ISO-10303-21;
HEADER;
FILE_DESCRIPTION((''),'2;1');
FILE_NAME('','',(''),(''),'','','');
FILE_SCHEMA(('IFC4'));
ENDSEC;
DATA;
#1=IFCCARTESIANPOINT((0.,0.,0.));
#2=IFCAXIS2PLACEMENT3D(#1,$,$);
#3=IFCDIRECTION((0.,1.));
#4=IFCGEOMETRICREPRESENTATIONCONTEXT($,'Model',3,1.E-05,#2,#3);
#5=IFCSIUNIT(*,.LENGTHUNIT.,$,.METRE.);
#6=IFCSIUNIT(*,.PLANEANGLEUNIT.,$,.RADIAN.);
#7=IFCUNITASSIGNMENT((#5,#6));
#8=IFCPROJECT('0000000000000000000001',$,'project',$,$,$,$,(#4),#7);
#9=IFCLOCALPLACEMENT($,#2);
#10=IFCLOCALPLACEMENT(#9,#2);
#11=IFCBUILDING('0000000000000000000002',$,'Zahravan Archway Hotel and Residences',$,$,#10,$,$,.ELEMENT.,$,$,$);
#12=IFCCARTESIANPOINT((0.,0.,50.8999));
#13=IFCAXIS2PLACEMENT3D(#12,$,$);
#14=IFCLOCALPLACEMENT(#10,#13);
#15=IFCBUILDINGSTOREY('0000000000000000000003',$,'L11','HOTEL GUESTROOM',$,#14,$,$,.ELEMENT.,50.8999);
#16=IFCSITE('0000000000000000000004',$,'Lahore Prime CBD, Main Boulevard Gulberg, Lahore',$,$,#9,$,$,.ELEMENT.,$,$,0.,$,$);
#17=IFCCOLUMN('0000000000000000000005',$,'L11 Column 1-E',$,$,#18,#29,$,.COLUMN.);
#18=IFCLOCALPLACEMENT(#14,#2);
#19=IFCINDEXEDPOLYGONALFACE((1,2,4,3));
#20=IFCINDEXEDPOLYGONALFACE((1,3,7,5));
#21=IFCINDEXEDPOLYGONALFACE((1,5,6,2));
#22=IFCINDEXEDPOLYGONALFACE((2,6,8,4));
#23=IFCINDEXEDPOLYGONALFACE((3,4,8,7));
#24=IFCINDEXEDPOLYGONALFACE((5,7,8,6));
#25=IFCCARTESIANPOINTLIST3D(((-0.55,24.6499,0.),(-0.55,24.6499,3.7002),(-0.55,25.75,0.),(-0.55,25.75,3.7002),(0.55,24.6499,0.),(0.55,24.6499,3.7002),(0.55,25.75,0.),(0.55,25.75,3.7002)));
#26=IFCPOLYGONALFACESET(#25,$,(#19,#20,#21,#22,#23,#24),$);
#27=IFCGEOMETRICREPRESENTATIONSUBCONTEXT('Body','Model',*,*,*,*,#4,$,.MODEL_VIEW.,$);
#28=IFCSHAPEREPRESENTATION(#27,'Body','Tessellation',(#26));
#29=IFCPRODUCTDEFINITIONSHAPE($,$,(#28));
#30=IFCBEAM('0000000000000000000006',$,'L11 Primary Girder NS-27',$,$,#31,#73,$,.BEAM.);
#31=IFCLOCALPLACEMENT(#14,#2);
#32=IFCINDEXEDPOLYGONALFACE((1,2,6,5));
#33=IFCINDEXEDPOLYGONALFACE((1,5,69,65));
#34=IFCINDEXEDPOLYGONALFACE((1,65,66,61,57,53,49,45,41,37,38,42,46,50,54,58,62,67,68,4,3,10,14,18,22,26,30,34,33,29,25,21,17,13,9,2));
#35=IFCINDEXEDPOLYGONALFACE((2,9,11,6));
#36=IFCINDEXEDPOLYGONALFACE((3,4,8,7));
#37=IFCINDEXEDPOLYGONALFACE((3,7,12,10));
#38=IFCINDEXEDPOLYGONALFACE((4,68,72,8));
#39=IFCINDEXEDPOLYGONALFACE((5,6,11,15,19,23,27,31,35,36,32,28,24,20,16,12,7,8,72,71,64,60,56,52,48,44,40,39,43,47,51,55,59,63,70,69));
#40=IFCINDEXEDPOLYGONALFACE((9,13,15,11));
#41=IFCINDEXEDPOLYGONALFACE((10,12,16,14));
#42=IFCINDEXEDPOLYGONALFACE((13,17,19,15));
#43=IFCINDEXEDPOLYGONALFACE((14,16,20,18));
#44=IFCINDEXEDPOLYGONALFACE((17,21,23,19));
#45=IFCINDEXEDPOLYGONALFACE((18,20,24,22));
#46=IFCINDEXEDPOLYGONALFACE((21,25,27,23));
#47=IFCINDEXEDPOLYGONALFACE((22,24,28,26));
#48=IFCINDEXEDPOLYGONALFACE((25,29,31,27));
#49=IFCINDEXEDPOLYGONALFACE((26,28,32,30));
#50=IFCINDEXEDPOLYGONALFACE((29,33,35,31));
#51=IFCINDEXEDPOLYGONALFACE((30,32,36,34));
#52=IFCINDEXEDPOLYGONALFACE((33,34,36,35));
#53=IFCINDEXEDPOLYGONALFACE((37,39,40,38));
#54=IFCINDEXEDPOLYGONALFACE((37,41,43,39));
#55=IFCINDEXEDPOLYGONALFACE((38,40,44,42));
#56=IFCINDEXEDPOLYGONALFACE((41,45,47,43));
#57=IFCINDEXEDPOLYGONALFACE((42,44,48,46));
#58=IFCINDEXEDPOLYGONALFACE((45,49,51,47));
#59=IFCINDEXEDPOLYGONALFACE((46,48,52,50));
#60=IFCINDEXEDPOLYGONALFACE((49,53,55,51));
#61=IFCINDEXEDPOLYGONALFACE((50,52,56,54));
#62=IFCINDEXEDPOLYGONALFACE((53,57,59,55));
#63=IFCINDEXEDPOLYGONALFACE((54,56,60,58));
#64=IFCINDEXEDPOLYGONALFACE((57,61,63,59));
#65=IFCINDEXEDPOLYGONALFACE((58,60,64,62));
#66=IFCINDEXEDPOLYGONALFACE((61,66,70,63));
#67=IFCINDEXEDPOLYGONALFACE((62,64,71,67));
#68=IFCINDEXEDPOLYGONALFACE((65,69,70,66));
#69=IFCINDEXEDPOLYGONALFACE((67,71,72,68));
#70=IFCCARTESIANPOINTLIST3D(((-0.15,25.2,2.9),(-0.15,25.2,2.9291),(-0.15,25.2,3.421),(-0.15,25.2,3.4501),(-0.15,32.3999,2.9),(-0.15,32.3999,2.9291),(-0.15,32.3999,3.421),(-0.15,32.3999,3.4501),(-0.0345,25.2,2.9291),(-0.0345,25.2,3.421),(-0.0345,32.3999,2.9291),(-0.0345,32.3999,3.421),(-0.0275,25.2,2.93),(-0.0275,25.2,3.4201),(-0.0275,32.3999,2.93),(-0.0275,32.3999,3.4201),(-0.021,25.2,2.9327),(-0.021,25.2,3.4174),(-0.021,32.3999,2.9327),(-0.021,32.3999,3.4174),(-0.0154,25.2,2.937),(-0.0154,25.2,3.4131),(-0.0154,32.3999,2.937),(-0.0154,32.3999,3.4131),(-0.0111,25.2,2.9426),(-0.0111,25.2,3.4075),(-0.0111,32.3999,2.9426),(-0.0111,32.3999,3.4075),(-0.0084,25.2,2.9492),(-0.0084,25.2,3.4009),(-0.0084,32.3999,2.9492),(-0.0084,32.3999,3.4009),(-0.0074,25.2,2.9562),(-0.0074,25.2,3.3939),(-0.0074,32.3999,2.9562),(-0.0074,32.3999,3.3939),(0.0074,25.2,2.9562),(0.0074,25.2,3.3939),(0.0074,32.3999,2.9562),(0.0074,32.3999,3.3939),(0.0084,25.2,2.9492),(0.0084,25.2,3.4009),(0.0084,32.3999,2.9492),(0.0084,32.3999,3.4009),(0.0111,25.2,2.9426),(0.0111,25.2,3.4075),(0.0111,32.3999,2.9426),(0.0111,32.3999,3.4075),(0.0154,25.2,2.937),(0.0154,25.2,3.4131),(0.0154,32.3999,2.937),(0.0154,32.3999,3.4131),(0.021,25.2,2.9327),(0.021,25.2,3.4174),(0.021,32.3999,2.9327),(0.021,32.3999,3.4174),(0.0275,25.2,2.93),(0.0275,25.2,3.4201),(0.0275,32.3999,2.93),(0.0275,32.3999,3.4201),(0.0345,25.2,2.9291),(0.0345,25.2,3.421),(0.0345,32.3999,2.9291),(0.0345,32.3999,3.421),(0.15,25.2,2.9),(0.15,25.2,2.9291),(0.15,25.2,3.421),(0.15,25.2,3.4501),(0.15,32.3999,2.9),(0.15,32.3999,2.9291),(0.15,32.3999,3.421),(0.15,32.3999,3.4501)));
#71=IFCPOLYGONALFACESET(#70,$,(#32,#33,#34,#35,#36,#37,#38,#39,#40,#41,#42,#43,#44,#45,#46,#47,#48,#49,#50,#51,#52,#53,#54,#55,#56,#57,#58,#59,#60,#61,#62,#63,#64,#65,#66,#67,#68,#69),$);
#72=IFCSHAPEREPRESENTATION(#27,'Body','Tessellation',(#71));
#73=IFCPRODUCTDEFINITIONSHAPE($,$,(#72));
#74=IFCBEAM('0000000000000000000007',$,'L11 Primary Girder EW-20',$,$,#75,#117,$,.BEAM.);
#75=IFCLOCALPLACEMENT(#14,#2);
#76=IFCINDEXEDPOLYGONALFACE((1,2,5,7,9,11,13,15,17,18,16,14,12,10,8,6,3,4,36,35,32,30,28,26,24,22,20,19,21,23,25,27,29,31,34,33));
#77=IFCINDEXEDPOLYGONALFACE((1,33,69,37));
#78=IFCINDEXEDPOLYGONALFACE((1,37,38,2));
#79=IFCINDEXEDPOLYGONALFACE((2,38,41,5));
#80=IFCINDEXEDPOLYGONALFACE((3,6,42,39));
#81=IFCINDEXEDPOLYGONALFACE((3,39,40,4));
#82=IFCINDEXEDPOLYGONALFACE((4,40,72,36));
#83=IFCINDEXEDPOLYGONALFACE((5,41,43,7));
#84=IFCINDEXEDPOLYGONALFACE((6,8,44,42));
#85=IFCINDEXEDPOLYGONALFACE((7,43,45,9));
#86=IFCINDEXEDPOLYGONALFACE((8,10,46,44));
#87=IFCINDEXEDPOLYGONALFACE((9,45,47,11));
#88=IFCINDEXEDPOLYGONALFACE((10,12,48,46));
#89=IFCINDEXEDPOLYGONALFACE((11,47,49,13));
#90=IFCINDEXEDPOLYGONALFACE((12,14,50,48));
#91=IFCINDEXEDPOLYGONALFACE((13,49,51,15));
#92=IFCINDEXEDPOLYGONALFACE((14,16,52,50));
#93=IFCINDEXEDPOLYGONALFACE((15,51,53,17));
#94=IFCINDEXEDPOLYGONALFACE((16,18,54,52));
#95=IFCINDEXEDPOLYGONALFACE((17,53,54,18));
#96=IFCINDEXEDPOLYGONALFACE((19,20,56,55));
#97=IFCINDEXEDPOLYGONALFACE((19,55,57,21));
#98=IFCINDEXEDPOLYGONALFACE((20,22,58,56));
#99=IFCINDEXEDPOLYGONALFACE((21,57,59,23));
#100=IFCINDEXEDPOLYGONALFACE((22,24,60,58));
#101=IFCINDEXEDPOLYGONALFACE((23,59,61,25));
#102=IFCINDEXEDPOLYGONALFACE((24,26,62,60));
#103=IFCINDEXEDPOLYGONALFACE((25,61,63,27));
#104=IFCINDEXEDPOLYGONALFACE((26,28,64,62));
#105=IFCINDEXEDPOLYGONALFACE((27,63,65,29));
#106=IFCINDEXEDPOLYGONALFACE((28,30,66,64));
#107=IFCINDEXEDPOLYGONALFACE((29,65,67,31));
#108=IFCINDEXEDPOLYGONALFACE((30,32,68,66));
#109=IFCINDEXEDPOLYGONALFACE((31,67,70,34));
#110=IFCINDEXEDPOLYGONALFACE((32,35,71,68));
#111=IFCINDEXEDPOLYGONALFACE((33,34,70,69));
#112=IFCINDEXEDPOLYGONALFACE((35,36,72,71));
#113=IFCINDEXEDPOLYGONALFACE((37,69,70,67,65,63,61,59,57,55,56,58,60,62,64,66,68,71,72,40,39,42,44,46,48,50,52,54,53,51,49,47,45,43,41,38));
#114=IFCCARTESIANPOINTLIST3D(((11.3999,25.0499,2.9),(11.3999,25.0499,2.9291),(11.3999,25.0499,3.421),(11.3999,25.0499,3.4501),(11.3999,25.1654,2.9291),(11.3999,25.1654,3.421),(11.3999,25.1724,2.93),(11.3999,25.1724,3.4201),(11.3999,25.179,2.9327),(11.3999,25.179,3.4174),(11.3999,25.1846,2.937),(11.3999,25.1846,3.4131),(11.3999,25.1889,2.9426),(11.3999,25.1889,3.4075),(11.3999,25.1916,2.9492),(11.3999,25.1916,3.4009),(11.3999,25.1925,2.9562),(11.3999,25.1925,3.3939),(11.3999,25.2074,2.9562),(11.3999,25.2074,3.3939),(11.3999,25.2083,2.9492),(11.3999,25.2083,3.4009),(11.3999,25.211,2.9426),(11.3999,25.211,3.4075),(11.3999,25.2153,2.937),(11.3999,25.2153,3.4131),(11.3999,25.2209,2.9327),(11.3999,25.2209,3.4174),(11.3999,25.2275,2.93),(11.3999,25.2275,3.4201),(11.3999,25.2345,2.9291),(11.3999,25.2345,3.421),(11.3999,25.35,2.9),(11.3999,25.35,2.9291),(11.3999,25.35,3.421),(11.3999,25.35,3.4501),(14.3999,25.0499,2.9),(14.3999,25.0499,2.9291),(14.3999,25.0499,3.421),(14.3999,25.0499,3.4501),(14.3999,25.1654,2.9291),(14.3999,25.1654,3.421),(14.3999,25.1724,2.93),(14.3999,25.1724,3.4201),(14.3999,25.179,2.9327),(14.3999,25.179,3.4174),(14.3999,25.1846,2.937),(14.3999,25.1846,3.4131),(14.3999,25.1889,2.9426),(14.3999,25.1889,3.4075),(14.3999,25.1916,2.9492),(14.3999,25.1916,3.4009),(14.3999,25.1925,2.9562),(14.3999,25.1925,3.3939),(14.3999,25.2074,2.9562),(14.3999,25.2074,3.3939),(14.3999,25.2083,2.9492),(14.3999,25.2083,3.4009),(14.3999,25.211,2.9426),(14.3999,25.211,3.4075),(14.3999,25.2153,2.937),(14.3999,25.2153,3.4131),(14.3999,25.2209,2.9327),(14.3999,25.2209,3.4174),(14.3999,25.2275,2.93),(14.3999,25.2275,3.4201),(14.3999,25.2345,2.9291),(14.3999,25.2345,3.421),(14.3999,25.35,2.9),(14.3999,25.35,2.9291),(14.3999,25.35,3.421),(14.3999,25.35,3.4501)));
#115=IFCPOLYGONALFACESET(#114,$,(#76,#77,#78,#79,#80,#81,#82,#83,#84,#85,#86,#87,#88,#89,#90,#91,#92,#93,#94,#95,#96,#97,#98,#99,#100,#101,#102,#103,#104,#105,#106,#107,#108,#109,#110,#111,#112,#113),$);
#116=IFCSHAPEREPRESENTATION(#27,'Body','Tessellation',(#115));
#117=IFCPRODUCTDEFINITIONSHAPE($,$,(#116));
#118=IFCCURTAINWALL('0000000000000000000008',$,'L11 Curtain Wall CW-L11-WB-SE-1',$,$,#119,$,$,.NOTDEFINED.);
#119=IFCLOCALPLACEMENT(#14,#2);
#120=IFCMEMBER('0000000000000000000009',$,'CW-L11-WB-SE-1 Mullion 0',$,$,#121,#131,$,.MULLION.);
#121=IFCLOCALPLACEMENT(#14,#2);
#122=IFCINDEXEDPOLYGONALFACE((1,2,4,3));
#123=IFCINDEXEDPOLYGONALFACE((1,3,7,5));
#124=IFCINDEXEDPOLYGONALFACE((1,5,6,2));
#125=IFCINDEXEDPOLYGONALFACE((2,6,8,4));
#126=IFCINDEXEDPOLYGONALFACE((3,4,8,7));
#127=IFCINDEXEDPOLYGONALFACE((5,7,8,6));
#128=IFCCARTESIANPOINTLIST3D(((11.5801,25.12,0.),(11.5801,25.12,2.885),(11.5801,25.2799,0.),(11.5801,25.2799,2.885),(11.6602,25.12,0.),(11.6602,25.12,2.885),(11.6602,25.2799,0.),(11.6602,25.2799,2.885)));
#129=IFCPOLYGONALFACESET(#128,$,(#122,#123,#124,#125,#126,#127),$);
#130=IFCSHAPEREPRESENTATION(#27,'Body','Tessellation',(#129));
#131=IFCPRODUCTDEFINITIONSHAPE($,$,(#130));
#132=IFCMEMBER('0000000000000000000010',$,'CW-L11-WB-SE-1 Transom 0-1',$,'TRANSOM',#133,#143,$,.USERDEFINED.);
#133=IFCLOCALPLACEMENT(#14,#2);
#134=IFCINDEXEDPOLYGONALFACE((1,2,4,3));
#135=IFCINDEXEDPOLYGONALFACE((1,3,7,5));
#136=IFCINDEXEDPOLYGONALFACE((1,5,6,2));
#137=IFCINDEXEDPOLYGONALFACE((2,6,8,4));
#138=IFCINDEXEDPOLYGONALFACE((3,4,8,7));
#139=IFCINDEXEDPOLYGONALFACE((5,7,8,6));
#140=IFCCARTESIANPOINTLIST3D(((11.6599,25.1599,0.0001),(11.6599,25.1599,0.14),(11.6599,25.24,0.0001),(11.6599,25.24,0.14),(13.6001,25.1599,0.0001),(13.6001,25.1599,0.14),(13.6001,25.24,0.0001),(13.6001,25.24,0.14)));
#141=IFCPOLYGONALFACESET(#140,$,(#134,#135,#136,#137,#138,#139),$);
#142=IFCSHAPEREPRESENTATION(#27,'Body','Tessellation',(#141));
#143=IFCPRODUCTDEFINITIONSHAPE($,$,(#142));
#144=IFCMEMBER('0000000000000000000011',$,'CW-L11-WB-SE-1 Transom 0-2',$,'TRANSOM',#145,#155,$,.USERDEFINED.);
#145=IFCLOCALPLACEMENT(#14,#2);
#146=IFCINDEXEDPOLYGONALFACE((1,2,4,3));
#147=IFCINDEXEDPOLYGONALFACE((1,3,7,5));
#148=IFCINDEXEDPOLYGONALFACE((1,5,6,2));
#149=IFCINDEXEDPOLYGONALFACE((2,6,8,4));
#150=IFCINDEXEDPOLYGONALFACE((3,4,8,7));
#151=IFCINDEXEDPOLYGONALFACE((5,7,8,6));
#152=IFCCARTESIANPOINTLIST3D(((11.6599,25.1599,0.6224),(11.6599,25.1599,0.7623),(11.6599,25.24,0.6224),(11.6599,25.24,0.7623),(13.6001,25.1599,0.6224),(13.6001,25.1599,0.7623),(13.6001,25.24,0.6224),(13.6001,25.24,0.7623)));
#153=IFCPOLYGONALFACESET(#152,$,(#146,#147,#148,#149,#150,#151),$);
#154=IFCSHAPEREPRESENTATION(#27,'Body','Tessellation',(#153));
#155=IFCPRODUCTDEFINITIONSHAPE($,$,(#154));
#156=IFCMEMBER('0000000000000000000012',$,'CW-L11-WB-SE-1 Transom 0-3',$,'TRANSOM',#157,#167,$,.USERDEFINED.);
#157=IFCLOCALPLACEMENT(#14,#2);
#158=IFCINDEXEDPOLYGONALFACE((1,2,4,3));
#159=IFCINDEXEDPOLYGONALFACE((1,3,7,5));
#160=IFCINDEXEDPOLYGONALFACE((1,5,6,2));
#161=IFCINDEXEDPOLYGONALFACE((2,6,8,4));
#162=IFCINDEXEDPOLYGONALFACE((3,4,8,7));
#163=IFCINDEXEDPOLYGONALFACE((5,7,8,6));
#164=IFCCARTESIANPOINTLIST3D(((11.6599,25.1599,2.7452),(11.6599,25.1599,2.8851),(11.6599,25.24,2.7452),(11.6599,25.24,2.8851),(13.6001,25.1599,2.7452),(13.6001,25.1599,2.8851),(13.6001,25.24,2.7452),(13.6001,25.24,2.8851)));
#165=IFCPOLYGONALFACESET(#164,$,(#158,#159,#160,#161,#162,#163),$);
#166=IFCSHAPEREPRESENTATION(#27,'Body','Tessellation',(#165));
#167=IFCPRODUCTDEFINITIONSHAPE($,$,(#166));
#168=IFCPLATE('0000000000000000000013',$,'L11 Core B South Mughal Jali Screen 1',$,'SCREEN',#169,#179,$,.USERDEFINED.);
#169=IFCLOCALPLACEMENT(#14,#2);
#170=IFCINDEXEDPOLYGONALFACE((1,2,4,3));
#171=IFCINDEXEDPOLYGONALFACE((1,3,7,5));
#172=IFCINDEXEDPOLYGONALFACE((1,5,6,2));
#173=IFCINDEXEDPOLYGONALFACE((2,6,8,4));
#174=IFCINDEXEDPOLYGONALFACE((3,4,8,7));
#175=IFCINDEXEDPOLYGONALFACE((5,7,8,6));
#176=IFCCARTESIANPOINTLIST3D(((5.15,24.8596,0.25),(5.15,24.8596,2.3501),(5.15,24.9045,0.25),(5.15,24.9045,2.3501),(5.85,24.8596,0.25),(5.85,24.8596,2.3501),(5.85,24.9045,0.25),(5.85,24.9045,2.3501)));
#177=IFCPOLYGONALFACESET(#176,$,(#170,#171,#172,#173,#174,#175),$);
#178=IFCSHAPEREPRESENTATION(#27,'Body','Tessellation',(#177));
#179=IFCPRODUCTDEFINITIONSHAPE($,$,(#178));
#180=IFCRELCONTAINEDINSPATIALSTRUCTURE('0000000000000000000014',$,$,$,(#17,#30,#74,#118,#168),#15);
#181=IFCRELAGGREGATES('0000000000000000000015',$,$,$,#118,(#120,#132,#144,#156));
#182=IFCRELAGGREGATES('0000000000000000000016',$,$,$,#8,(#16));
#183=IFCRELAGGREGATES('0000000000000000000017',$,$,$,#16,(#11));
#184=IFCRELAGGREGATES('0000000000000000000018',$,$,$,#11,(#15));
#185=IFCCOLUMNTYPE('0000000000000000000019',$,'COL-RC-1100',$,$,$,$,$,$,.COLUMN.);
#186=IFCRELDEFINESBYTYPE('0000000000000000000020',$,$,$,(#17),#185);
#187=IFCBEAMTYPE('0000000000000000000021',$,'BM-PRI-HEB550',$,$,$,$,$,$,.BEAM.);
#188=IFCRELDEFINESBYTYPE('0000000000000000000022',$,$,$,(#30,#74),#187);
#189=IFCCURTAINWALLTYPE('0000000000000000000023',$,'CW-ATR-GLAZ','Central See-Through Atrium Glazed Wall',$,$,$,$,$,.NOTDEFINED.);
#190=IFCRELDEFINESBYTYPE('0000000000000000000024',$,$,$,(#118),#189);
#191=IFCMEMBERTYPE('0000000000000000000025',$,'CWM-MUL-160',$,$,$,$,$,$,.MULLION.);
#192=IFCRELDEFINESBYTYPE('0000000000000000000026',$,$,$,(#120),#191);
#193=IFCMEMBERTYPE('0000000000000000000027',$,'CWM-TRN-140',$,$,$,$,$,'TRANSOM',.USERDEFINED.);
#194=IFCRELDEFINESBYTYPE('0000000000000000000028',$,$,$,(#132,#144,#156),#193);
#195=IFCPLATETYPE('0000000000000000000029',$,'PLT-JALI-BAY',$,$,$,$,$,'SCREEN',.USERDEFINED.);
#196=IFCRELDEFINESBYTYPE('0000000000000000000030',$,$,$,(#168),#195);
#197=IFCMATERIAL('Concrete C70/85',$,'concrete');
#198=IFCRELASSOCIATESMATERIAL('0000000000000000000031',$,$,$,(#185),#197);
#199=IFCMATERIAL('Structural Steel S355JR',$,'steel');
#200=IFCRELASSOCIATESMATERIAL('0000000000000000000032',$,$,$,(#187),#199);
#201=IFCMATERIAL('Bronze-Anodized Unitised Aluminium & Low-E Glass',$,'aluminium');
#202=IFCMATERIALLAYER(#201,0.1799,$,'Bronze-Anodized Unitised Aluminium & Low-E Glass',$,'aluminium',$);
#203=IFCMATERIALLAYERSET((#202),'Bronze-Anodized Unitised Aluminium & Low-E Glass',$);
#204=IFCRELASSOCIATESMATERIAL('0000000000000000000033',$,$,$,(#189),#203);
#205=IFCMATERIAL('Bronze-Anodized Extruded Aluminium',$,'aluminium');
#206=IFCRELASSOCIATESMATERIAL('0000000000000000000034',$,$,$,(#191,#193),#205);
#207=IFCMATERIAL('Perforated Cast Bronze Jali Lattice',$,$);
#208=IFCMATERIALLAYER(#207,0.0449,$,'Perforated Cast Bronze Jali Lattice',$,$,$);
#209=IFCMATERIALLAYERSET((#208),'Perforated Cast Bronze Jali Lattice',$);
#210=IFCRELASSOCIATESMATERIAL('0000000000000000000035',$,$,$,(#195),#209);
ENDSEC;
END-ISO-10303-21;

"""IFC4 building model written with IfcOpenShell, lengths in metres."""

from ifc_helpers import new_model, si_unit, direction, frame, origin, origin_2d, place, context, subcontext, project, spatial, rectangle, i_section, extrude, source, transform, mapped, material, layer, layer_set, material_profile, profile_set, type_object, type_shapes, element, aggregate, save


model = new_model("IFC4")

# Units and contexts
model_context = context("Model", 3, precision=1e-05, world=origin(), true_north=direction((0.0, 1.0)))
body_context = subcontext(model_context, "Body", "Model", "MODEL_VIEW")
ifc_project = project(units=[si_unit("LENGTHUNIT", "METRE"), si_unit("PLANEANGLEUNIT", "RADIAN")], contexts=[model_context])

# Site, building, storey
site_placement = place(None, origin())
site = spatial("IfcSite", under=ifc_project, at=site_placement, Name="Lahore Prime CBD, Main Boulevard Gulberg, Lahore", CompositionType="ELEMENT", RefElevation=0.0)
building_placement = place(site_placement, origin())
building = spatial("IfcBuilding", under=site, at=building_placement, Name="Zahravan Archway Hotel and Residences", CompositionType="ELEMENT")
storey_placement = place(building_placement, frame((0.0, 0.0, 50.8999)))
storey = spatial("IfcBuildingStorey", under=building, at=storey_placement, Name="L11", Description="HOTEL GUESTROOM", CompositionType="ELEMENT", Elevation=50.8999)

# Column
ifc_material_1 = material(Name="Concrete C70/85", Category="concrete")
ifc_material_profile_1 = material_profile(ifc_material_1, rectangle(XDim=1.1001, YDim=1.1001, at=origin_2d()), Name="RC 1100x1100", Category="concrete")
ifc_profile_set_1 = profile_set([ifc_material_profile_1], Name="Concrete C70/85")
column_type = type_object("IfcColumnType", Name="COL-RC-1100", PredefinedType="COLUMN", material=ifc_profile_set_1)
shared_shape_1 = source(origin(), body_context, "Body", "SweptSolid", [
    extrude(rectangle(XDim=1.1001, YDim=1.1001, at=origin_2d()), origin(), (0.0, 0.0, 1.0), 3.7002),
])
column_placement = place(storey_placement, frame((0.0, 25.2, 0.0), z_axis=(0.0, 0.0, 1.0), x_axis=(1.0, 0.0, 0.0)))
element("IfcColumn", 1, at=column_placement, inside=storey, type_object=column_type, Name="L11 Column 1-E", PredefinedType="COLUMN", context=body_context, shape_type="MappedRepresentation", body=[
    mapped(shared_shape_1, transform((0.0, 0.0, 0.0), scale=1.0)),
])

# Beams
ifc_material_2 = material(Name="Structural Steel S355JR", Category="steel")
ifc_material_profile_2 = material_profile(ifc_material_2, i_section(OverallWidth=0.3, OverallDepth=0.55, WebThickness=0.0149, FlangeThickness=0.0291, FilletRadius=0.0271, at=origin_2d()), Name="HEB 550", Category="steel")
ifc_profile_set_2 = profile_set([ifc_material_profile_2], Name="Structural Steel S355JR")
beam_type = type_object("IfcBeamType", Name="BM-PRI-HEB550", PredefinedType="BEAM", material=ifc_profile_set_2)
shared_shape_2 = source(origin(), body_context, "Body", "SweptSolid", [
    extrude(i_section(OverallWidth=0.3, OverallDepth=0.55, WebThickness=0.0149, FlangeThickness=0.0291, FilletRadius=0.0271, at=origin_2d()), origin(), (0.0, 0.0, 1.0), 7.2),
])
beam_1_placement = place(storey_placement, frame((0.0, 25.2, 3.175), z_axis=(0.0, 1.0, 0.0), x_axis=(-1.0, 0.0, 0.0)))
element("IfcBeam", 2, at=beam_1_placement, inside=storey, type_object=beam_type, Name="L11 Primary Girder NS-27", PredefinedType="BEAM", context=body_context, shape_type="MappedRepresentation", body=[
    mapped(shared_shape_2, transform((0.0, 0.0, 0.0), scale=1.0)),
])
shared_shape_3 = source(origin(), body_context, "Body", "SweptSolid", [
    extrude(i_section(OverallWidth=0.3, OverallDepth=0.55, WebThickness=0.0149, FlangeThickness=0.0291, FilletRadius=0.0271, at=origin_2d()), origin(), (0.0, 0.0, 1.0), 3.0),
])
beam_2_placement = place(storey_placement, frame((11.3999, 25.2, 3.175), z_axis=(1.0, 0.0, 0.0), x_axis=(0.0, 1.0, 0.0)))
element("IfcBeam", 3, at=beam_2_placement, inside=storey, type_object=beam_type, Name="L11 Primary Girder EW-20", PredefinedType="BEAM", context=body_context, shape_type="MappedRepresentation", body=[
    mapped(shared_shape_3, transform((0.0, 0.0, 0.0), scale=1.0)),
])

# Curtain wall, members
ifc_material_3 = material(Name="Bronze-Anodized Unitised Aluminium & Low-E Glass", Category="aluminium")
ifc_layer_1 = layer(ifc_material_3, 0.1799, Name="Bronze-Anodized Unitised Aluminium & Low-E Glass", Category="aluminium")
ifc_layer_set_1 = layer_set([ifc_layer_1], Name="Bronze-Anodized Unitised Aluminium & Low-E Glass")
curtain_wall_type = type_object("IfcCurtainWallType", Name="CW-ATR-GLAZ", Description="Central See-Through Atrium Glazed Wall", PredefinedType="NOTDEFINED", material=ifc_layer_set_1)
curtain_wall_placement = place(storey_placement, origin())
curtain_wall = element("IfcCurtainWall", 4, at=curtain_wall_placement, inside=storey, type_object=curtain_wall_type, Name="L11 Curtain Wall CW-L11-WB-SE-1", PredefinedType="NOTDEFINED")
ifc_material_4 = material(Name="Bronze-Anodized Extruded Aluminium", Category="aluminium")
ifc_material_profile_3 = material_profile(ifc_material_4, rectangle(XDim=0.0801, YDim=0.1599, at=origin_2d()), Name="MUL 80x160", Category="aluminium")
ifc_profile_set_3 = profile_set([ifc_material_profile_3], Name="Bronze-Anodized Extruded Aluminium")
member_type_1 = type_object("IfcMemberType", Name="CWM-MUL-160", PredefinedType="MULLION", material=ifc_profile_set_3)
shared_shape_4 = source(origin(), body_context, "Body", "SweptSolid", [
    extrude(rectangle(XDim=0.0801, YDim=0.1599, at=origin_2d()), origin(), (0.0, 0.0, 1.0), 2.885),
])
member_1_placement = place(storey_placement, frame((11.6201, 25.2, 0.0), z_axis=(0.0, 0.0, 1.0), x_axis=(1.0, 0.0, 0.0)))
member_1 = element("IfcMember", 5, at=member_1_placement, type_object=member_type_1, Name="CW-L11-WB-SE-1 Mullion 0", PredefinedType="MULLION", context=body_context, shape_type="MappedRepresentation", body=[
    mapped(shared_shape_4, transform((0.0, 0.0, 0.0), scale=1.0)),
])
ifc_material_profile_4 = material_profile(ifc_material_4, rectangle(XDim=0.0801, YDim=0.1399, at=origin_2d()), Name="TRN 80x140", Category="aluminium")
ifc_profile_set_4 = profile_set([ifc_material_profile_4], Name="Bronze-Anodized Extruded Aluminium")
member_type_2 = type_object("IfcMemberType", Name="CWM-TRN-140", ElementType="TRANSOM", PredefinedType="USERDEFINED", material=ifc_profile_set_4)
shared_shape_5 = source(origin(), body_context, "Body", "SweptSolid", [
    extrude(rectangle(XDim=0.0801, YDim=0.1399, at=origin_2d()), origin(), (0.0, 0.0, 1.0), 1.9402),
])
member_2_placement = place(storey_placement, frame((11.6599, 25.2, 0.0701), z_axis=(1.0, 0.0, 0.0), x_axis=(0.0, 1.0, 0.0)))
member_2 = element("IfcMember", 6, at=member_2_placement, type_object=member_type_2, Name="CW-L11-WB-SE-1 Transom 0-1", ObjectType="TRANSOM", PredefinedType="USERDEFINED", context=body_context, shape_type="MappedRepresentation", body=[
    mapped(shared_shape_5, transform((0.0, 0.0, 0.0), scale=1.0)),
])
member_3_placement = place(storey_placement, frame((11.6599, 25.2, 0.6924), z_axis=(1.0, 0.0, 0.0), x_axis=(0.0, 1.0, 0.0)))
member_3 = element("IfcMember", 7, at=member_3_placement, type_object=member_type_2, Name="CW-L11-WB-SE-1 Transom 0-2", ObjectType="TRANSOM", PredefinedType="USERDEFINED", context=body_context, shape_type="MappedRepresentation", body=[
    mapped(shared_shape_5, transform((0.0, 0.0, 0.0), scale=1.0)),
])
member_4_placement = place(storey_placement, frame((11.6599, 25.2, 2.8152), z_axis=(1.0, 0.0, 0.0), x_axis=(0.0, 1.0, 0.0)))
member_4 = element("IfcMember", 8, at=member_4_placement, type_object=member_type_2, Name="CW-L11-WB-SE-1 Transom 0-3", ObjectType="TRANSOM", PredefinedType="USERDEFINED", context=body_context, shape_type="MappedRepresentation", body=[
    mapped(shared_shape_5, transform((0.0, 0.0, 0.0), scale=1.0)),
])
aggregate(curtain_wall, [member_1, member_2, member_3, member_4])

# Plate
ifc_material_5 = material(Name="Perforated Cast Bronze Jali Lattice")
ifc_layer_2 = layer(ifc_material_5, 0.0449, Name="Perforated Cast Bronze Jali Lattice")
ifc_layer_set_2 = layer_set([ifc_layer_2], Name="Perforated Cast Bronze Jali Lattice")
plate_type = type_object("IfcPlateType", Name="PLT-JALI-BAY", ElementType="SCREEN", PredefinedType="USERDEFINED", material=ifc_layer_set_2)
shared_shape_6 = source(origin(), body_context, "Body", "SweptSolid", [
    extrude(rectangle(XDim=0.7, YDim=0.0449, at=origin_2d()), origin(), (0.0, 0.0, 1.0), 2.1001),
])
type_shapes(plate_type, [shared_shape_6])
for number, where, z_axis, x_axis, name in (
    (9, (5.5, 24.8821, 0.25), (0.0, 0.0, 1.0), (1.0, 0.0, 0.0), "L11 Core B South Mughal Jali Screen 1"),
):
    element("IfcPlate", number, at=place(storey_placement, frame(where, z_axis=z_axis, x_axis=x_axis)), inside=storey, type_object=plate_type, Name=name, ObjectType="SCREEN", PredefinedType="USERDEFINED", context=body_context, shape_type="MappedRepresentation", body=[
        mapped(shared_shape_6, transform((0.0, 0.0, 0.0), scale=1.0)),
    ])

save(model, "model.ifc")
